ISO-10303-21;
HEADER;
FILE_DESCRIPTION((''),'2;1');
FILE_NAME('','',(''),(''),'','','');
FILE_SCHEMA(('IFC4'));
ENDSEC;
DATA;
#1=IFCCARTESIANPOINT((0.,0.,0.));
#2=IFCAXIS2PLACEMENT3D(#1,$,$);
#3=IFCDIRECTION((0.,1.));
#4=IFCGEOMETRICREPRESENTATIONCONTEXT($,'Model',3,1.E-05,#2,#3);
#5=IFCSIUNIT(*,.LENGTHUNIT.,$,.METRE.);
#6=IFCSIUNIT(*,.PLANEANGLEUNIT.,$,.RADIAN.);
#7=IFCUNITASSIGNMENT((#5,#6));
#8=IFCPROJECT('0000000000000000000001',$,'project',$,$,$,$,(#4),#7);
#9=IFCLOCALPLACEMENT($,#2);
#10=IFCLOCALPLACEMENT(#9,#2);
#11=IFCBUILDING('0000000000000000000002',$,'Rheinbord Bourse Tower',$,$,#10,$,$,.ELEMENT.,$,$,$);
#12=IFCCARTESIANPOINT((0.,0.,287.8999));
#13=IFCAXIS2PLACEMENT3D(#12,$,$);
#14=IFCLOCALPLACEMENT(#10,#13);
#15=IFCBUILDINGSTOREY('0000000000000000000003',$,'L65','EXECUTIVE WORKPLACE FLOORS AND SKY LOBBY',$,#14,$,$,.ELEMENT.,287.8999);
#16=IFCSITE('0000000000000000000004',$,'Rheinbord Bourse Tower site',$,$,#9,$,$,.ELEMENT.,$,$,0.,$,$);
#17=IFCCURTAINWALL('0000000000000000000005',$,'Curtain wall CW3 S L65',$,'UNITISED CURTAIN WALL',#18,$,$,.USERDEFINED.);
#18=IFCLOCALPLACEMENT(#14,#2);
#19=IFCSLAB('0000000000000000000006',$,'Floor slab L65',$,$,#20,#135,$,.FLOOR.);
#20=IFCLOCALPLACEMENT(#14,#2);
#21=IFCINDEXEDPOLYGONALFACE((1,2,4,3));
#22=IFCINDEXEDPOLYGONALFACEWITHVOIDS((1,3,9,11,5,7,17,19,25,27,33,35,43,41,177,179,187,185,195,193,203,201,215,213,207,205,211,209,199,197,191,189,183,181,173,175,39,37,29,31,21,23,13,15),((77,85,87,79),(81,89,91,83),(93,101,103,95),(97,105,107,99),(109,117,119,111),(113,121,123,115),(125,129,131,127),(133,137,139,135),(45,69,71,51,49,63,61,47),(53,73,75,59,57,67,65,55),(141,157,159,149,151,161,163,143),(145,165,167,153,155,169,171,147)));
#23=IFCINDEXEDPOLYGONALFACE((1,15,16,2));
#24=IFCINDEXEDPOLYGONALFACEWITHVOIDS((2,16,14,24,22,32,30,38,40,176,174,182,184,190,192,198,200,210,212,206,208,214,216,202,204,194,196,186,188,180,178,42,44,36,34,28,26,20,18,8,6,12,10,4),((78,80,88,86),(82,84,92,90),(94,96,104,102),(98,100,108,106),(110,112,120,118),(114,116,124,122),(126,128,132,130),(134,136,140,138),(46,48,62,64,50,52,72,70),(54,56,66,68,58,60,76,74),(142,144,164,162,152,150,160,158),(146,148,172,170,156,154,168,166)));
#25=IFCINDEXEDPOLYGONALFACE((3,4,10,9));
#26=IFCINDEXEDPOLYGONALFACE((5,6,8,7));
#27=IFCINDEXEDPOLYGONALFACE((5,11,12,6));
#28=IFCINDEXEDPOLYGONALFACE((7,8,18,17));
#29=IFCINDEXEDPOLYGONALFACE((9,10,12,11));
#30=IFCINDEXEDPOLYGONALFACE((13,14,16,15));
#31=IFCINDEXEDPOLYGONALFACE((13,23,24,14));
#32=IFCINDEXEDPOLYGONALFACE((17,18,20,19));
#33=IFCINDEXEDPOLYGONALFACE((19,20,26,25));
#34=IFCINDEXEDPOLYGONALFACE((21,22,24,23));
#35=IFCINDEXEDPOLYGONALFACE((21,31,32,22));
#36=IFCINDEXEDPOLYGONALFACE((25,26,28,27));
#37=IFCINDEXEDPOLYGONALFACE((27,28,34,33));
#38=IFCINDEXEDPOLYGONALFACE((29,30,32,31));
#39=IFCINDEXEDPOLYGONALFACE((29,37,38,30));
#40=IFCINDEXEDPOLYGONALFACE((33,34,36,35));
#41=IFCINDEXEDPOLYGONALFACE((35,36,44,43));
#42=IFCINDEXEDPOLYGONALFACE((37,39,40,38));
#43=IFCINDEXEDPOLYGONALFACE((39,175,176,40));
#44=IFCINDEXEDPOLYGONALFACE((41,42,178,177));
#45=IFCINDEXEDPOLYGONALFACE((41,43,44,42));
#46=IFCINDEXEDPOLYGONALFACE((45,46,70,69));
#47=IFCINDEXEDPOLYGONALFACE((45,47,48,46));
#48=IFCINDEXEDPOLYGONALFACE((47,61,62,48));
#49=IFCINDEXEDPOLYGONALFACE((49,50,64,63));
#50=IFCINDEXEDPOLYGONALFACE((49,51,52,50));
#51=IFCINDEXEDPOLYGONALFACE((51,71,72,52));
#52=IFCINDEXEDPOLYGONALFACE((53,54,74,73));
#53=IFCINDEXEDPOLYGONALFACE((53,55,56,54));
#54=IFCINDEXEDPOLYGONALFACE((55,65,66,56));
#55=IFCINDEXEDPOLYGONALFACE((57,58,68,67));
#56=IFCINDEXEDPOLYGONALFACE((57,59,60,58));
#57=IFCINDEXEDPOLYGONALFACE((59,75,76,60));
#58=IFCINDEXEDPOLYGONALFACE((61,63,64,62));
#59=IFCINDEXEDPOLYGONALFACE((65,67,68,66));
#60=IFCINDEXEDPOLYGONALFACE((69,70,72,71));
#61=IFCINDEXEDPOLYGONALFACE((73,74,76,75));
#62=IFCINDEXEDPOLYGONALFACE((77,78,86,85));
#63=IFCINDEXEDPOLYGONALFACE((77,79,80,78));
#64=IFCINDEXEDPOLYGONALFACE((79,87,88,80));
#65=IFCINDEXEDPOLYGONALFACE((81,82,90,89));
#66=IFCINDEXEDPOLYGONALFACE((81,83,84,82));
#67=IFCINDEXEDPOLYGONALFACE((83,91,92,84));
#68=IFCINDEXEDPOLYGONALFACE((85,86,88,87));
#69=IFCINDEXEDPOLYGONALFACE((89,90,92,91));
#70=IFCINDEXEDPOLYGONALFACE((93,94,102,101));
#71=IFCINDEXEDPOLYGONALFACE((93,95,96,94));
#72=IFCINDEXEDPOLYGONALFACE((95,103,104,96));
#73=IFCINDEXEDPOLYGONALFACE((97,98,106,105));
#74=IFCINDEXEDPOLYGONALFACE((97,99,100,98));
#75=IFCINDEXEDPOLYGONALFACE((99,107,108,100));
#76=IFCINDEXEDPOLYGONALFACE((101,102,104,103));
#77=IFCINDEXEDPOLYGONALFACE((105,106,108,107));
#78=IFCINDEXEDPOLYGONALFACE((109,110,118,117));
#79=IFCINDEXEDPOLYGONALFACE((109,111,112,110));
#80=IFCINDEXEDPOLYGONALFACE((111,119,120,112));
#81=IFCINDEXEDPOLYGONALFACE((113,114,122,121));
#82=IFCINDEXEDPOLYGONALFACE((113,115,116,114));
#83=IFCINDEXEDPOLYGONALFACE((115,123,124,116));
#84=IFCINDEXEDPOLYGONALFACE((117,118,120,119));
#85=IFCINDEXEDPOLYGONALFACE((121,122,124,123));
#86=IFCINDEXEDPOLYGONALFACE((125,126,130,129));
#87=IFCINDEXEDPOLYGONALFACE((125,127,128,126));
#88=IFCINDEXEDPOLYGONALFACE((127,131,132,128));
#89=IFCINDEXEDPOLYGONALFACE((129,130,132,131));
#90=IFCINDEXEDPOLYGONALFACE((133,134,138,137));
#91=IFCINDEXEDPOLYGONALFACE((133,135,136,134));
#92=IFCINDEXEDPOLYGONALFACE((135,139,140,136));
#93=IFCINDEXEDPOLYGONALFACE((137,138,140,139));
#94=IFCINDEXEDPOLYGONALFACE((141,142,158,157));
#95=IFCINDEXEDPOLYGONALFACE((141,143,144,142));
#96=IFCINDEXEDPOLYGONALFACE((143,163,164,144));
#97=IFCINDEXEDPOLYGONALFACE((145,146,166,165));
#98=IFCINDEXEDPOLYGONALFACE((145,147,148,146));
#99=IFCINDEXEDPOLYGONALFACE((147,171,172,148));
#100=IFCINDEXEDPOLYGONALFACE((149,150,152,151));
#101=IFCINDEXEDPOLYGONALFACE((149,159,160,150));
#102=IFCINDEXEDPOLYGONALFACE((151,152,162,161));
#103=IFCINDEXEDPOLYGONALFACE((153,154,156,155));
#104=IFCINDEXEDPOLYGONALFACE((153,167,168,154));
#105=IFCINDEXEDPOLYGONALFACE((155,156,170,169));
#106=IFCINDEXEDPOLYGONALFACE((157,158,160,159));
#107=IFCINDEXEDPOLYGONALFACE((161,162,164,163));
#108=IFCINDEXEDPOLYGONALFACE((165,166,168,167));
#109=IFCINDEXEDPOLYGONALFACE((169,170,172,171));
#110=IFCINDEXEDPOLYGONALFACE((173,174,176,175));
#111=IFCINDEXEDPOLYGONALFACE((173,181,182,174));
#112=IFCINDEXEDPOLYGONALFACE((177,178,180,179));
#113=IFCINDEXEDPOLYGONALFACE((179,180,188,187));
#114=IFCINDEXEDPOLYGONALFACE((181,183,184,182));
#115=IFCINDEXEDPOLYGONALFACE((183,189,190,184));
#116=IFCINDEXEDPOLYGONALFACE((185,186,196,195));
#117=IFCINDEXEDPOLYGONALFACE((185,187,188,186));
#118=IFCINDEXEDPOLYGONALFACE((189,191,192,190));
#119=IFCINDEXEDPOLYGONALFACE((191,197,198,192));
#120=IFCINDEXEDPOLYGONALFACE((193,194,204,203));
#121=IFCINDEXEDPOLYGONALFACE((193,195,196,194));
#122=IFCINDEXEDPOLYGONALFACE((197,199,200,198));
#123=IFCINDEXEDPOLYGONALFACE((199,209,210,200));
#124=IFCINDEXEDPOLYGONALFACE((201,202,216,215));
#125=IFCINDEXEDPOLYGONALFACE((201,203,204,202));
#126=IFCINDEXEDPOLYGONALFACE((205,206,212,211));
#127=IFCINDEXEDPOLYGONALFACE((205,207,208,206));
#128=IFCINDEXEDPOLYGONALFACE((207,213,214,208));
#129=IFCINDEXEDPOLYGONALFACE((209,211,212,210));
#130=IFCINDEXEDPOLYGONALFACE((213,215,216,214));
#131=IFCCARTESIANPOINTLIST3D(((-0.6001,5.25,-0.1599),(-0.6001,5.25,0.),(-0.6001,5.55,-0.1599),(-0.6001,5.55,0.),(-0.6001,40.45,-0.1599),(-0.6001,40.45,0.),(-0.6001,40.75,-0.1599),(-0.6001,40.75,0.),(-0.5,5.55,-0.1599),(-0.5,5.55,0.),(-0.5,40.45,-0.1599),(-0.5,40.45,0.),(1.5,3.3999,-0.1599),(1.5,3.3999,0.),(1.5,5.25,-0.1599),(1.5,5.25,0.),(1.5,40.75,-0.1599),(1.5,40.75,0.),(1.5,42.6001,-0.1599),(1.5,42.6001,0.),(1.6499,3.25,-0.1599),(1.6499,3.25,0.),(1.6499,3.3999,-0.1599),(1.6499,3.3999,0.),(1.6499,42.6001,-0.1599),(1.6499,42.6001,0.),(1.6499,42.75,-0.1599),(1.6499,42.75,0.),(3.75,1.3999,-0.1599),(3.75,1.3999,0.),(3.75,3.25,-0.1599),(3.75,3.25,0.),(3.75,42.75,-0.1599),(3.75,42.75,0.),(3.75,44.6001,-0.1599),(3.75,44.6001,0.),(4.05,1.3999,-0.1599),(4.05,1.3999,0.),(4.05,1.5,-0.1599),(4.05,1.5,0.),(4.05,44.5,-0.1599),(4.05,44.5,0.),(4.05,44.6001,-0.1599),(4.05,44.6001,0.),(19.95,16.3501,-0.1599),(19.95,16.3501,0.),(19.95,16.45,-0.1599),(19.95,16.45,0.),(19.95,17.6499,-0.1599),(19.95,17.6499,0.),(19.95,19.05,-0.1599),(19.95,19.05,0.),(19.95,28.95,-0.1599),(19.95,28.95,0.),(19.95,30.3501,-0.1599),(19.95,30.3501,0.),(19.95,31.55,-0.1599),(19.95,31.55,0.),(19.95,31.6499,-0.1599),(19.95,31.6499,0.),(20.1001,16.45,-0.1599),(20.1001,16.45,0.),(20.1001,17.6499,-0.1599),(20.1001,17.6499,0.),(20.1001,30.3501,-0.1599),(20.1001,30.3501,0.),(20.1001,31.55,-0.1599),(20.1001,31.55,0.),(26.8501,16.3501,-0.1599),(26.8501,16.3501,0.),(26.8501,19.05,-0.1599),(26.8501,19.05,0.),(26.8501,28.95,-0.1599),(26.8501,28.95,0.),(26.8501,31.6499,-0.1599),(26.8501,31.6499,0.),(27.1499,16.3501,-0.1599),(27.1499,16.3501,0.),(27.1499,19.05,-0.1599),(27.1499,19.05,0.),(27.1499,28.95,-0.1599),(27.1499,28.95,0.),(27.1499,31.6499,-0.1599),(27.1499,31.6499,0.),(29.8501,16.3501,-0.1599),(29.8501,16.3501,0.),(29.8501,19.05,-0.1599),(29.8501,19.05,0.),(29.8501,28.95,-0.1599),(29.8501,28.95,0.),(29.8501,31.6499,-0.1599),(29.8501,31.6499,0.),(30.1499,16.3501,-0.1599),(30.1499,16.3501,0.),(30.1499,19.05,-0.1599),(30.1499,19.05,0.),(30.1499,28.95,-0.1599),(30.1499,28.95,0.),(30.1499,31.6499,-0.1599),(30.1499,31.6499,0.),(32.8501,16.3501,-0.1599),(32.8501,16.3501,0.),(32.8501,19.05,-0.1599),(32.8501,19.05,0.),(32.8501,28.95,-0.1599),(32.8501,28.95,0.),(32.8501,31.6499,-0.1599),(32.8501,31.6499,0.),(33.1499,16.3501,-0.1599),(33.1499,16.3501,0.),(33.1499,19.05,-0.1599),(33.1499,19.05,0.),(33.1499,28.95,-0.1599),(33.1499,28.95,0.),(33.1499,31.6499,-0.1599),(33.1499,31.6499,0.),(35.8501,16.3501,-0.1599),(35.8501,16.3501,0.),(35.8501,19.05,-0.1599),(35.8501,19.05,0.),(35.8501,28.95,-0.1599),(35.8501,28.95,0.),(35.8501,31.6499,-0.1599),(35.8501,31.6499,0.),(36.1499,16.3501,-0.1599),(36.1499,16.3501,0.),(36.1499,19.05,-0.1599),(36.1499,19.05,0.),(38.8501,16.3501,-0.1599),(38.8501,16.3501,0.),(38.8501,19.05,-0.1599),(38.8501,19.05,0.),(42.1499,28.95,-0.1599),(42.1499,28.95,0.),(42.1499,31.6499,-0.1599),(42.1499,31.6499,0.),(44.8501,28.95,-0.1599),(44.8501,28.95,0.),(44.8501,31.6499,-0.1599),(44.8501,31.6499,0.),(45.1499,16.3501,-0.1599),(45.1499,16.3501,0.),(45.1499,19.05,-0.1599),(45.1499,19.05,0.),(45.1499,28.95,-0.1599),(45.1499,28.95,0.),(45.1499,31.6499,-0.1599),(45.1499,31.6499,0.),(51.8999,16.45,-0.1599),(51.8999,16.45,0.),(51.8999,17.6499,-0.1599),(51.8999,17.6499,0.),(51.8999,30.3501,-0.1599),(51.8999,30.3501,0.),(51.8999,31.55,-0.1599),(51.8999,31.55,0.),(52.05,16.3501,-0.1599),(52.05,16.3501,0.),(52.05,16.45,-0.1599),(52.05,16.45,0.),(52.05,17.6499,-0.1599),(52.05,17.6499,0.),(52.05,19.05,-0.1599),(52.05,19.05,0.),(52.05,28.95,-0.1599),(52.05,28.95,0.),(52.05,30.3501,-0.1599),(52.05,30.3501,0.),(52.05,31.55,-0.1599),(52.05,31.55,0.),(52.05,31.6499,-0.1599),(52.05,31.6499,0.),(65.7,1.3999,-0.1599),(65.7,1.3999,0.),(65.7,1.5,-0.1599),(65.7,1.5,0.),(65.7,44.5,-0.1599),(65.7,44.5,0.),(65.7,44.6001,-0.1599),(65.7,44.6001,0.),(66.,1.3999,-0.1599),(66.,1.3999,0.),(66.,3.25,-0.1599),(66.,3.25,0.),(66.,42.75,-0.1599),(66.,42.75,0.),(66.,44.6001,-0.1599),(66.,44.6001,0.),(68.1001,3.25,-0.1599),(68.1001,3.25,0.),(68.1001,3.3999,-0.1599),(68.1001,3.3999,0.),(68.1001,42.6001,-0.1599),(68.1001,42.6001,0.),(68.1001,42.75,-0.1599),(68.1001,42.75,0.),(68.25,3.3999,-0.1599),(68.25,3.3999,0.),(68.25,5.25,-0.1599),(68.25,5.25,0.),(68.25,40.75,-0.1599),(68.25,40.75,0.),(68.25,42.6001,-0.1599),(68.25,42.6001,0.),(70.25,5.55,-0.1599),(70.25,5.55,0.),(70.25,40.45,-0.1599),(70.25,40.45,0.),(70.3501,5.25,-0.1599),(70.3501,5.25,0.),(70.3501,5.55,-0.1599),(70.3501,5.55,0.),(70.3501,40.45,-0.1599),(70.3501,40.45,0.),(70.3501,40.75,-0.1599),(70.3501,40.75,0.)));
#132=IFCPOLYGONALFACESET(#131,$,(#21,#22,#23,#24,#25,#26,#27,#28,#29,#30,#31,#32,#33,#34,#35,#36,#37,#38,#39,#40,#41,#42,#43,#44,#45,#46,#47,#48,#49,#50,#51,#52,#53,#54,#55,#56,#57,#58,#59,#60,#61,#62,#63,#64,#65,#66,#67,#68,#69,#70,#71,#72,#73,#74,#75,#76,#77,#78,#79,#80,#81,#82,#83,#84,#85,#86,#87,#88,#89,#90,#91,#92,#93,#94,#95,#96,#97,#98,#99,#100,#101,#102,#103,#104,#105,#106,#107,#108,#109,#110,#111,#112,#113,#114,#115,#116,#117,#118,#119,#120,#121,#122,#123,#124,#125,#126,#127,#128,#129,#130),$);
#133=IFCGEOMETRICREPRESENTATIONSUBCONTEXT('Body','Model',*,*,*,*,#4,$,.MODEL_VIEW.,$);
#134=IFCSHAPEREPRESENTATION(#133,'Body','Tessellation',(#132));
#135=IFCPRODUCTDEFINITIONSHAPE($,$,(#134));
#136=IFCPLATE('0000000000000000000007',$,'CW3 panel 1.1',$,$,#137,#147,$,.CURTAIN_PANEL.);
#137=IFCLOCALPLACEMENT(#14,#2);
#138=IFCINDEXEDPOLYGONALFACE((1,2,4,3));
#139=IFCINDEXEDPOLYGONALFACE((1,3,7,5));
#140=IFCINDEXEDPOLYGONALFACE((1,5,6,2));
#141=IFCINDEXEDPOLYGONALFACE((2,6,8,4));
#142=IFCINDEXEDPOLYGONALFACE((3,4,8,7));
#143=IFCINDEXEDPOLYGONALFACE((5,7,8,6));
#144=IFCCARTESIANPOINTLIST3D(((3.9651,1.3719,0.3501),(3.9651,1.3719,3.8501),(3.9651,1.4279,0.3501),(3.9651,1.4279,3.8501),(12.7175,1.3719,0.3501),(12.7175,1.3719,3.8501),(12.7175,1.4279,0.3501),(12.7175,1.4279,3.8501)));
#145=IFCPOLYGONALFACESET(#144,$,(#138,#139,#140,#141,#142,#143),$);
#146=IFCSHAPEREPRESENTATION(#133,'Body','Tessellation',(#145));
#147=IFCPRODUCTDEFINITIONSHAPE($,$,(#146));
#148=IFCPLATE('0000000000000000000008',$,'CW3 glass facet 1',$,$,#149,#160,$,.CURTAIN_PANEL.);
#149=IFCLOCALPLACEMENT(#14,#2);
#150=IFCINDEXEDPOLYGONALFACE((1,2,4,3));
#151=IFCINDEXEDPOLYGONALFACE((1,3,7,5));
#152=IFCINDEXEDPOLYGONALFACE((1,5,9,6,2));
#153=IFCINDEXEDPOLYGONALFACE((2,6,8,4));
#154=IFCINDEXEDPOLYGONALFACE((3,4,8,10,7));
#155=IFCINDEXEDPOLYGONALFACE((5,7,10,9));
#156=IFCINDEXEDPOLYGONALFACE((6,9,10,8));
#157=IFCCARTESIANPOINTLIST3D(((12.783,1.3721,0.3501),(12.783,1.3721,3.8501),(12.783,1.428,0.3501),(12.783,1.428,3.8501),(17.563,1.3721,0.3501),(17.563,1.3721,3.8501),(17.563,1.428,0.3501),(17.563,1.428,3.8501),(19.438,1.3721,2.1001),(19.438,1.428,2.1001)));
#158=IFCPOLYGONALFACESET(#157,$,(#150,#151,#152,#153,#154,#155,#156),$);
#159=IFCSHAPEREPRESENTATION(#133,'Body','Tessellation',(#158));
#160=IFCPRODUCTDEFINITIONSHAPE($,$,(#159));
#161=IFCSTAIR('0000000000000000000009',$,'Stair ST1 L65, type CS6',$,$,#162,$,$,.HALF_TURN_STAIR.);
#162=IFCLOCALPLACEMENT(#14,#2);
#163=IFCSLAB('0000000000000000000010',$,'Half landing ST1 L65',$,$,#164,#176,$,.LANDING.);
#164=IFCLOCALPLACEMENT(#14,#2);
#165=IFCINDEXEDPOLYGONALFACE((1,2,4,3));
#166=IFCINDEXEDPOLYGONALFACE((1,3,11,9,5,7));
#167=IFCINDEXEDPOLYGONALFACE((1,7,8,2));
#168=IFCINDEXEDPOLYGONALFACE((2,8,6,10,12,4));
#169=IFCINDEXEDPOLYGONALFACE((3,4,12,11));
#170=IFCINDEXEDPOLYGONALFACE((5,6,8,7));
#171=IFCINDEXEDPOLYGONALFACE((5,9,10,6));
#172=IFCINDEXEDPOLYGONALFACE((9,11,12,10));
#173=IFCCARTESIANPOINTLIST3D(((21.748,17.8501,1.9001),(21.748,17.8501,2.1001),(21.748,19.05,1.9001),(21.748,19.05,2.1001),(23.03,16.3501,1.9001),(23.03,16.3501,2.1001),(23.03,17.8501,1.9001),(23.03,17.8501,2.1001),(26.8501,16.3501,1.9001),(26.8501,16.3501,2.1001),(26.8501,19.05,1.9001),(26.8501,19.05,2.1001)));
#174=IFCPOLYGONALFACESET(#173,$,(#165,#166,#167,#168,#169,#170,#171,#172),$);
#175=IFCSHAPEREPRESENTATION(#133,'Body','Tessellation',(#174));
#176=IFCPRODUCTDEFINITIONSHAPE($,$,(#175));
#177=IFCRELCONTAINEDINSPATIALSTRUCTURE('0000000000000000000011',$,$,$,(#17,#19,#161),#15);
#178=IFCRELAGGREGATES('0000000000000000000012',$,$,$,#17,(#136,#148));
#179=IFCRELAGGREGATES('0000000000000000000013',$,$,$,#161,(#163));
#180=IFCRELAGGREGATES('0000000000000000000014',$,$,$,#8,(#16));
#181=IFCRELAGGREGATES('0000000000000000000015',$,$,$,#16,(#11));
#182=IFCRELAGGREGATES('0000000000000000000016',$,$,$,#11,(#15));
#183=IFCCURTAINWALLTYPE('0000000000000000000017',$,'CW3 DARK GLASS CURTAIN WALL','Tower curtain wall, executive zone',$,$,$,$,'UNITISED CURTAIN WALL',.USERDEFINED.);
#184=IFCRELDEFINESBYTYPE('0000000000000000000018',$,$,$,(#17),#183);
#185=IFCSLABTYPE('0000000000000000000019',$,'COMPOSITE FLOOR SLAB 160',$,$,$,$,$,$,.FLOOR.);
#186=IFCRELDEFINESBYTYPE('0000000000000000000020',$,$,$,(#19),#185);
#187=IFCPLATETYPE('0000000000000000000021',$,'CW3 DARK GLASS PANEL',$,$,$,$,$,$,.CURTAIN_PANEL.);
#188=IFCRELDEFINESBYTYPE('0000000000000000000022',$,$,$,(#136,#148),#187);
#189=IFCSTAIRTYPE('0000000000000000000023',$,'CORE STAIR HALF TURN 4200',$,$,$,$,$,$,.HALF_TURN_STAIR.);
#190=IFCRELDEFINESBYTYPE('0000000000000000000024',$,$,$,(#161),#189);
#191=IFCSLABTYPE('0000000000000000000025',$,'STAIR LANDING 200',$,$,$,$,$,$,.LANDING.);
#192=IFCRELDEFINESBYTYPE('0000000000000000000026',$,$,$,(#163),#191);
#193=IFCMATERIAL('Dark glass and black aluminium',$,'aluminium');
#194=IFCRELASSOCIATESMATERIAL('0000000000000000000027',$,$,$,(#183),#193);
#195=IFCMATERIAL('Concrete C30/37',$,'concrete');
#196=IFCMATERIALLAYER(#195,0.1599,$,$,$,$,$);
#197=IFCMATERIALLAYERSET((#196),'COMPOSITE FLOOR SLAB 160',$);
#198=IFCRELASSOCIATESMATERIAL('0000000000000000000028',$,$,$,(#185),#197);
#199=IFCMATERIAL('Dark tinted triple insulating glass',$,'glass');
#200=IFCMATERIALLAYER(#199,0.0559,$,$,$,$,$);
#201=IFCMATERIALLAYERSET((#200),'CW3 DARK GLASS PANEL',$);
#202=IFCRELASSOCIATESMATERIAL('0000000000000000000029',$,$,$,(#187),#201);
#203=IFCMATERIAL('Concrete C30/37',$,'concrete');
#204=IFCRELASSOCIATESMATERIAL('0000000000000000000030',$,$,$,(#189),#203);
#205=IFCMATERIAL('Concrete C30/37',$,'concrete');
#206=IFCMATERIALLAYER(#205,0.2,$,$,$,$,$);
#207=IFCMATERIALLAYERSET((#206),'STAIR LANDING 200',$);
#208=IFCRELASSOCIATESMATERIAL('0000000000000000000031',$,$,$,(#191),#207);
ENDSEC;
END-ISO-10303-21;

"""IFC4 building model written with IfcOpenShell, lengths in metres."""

from ifc_helpers import new_model, si_unit, direction, frame, origin, origin_2d, place, context, subcontext, project, spatial, polyline, rectangle, outline, extrude, material, layer, layer_set, type_object, element, aggregate, save


model = new_model("IFC4")

# Units and contexts
model_context = context("Model", 3, precision=1e-05, world=origin(), true_north=direction((0.0, 1.0)))
body_context = subcontext(model_context, "Body", "Model", "MODEL_VIEW")
ifc_project = project(units=[si_unit("LENGTHUNIT", "METRE"), si_unit("PLANEANGLEUNIT", "RADIAN")], contexts=[model_context])

# Site, building, storey
site_placement = place(None, origin())
site = spatial("IfcSite", under=ifc_project, at=site_placement, Name="Rheinbord Bourse Tower site", CompositionType="ELEMENT", RefElevation=0.0)
building_placement = place(site_placement, origin())
building = spatial("IfcBuilding", under=site, at=building_placement, Name="Rheinbord Bourse Tower", CompositionType="ELEMENT")
storey_placement = place(building_placement, frame((0.0, 0.0, 287.8999)))
storey = spatial("IfcBuildingStorey", under=building, at=storey_placement, Name="L65", Description="EXECUTIVE WORKPLACE FLOORS AND SKY LOBBY", CompositionType="ELEMENT", Elevation=287.8999)

# Curtain wall
ifc_material_1 = material(Name="Dark glass and black aluminium", Category="aluminium")
curtain_wall_type = type_object("IfcCurtainWallType", Name="CW3 DARK GLASS CURTAIN WALL", Description="Tower curtain wall, executive zone", ElementType="UNITISED CURTAIN WALL", PredefinedType="USERDEFINED", material=ifc_material_1)
curtain_wall_1_placement = place(storey_placement, origin())
curtain_wall_1 = element("IfcCurtainWall", 1, at=curtain_wall_1_placement, inside=storey, type_object=curtain_wall_type, Name="Curtain wall CW3 S L65", ObjectType="UNITISED CURTAIN WALL", PredefinedType="USERDEFINED")

# Slab
ifc_material_2 = material(Name="Concrete C30/37", Category="concrete")
ifc_layer_1 = layer(ifc_material_2, 0.1599)
ifc_layer_set_1 = layer_set([ifc_layer_1], Name="COMPOSITE FLOOR SLAB 160")
slab_type_1 = type_object("IfcSlabType", Name="COMPOSITE FLOOR SLAB 160", PredefinedType="FLOOR", material=ifc_layer_set_1)
slab_1_placement = place(storey_placement, frame((0.0, 0.0, -0.1599)))
element("IfcSlab", 2, at=slab_1_placement, inside=storey, type_object=slab_type_1, Name="Floor slab L65", PredefinedType="FLOOR", context=body_context, shape_type="SweptSolid", body=[
    extrude(outline(polyline([(1.6499, 3.3999), (1.5, 3.3999), (1.5, 5.25), (-0.6001, 5.25), (-0.6001, 5.55), (-0.5, 5.55), (-0.5, 40.45), (-0.6001, 40.45), (-0.6001, 40.75), (1.5, 40.75), (1.5, 42.6001), (1.6499, 42.6001), (1.6499, 42.75), (3.75, 42.75), (3.75, 44.6001), (4.05, 44.6001), (4.05, 44.5), (65.7, 44.5), (65.7, 44.6001), (66.0, 44.6001), (66.0, 42.75), (68.1001, 42.75), (68.1001, 42.6001), (68.25, 42.6001), (68.25, 40.75), (70.3501, 40.75), (70.3501, 40.45), (70.25, 40.45), (70.25, 5.55), (70.3501, 5.55), (70.3501, 5.25), (68.25, 5.25), (68.25, 3.3999), (68.1001, 3.3999), (68.1001, 3.25), (66.0, 3.25), (66.0, 1.3999), (65.7, 1.3999), (65.7, 1.5), (4.05, 1.5), (4.05, 1.3999), (3.75, 1.3999), (3.75, 3.25), (1.6499, 3.25), (1.6499, 3.3999)]), holes=[polyline([(19.95, 19.05), (26.8501, 19.05), (26.8501, 16.3501), (19.95, 16.3501), (19.95, 16.45), (20.1001, 16.45), (20.1001, 17.6499), (19.95, 17.6499), (19.95, 19.05)]), polyline([(19.95, 31.6499), (26.8501, 31.6499), (26.8501, 28.95), (19.95, 28.95), (19.95, 30.3501), (20.1001, 30.3501), (20.1001, 31.55), (19.95, 31.55), (19.95, 31.6499)]), polyline([(52.05, 16.3501), (45.1499, 16.3501), (45.1499, 19.05), (52.05, 19.05), (52.05, 17.6499), (51.8999, 17.6499), (51.8999, 16.45), (52.05, 16.45), (52.05, 16.3501)]), polyline([(52.05, 28.95), (45.1499, 28.95), (45.1499, 31.6499), (52.05, 31.6499), (52.05, 31.55), (51.8999, 31.55), (51.8999, 30.3501), (52.05, 30.3501), (52.05, 28.95)]), polyline([(27.1499, 16.3501), (27.1499, 19.05), (29.8501, 19.05), (29.8501, 16.3501), (27.1499, 16.3501)]), polyline([(27.1499, 28.95), (27.1499, 31.6499), (29.8501, 31.6499), (29.8501, 28.95), (27.1499, 28.95)]), polyline([(30.1499, 16.3501), (30.1499, 19.05), (32.8501, 19.05), (32.8501, 16.3501), (30.1499, 16.3501)]), polyline([(30.1499, 28.95), (30.1499, 31.6499), (32.8501, 31.6499), (32.8501, 28.95), (30.1499, 28.95)]), polyline([(33.1499, 16.3501), (33.1499, 19.05), (35.8501, 19.05), (35.8501, 16.3501), (33.1499, 16.3501)]), polyline([(33.1499, 28.95), (33.1499, 31.6499), (35.8501, 31.6499), (35.8501, 28.95), (33.1499, 28.95)]), polyline([(36.1499, 16.3501), (36.1499, 19.05), (38.8501, 19.05), (38.8501, 16.3501), (36.1499, 16.3501)]), polyline([(42.1499, 28.95), (42.1499, 31.6499), (44.8501, 31.6499), (44.8501, 28.95), (42.1499, 28.95)])]), origin(), (0.0, 0.0, 1.0), 0.1599),
])

# Plates
ifc_material_3 = material(Name="Dark tinted triple insulating glass", Category="glass")
ifc_layer_2 = layer(ifc_material_3, 0.0559)
ifc_layer_set_2 = layer_set([ifc_layer_2], Name="CW3 DARK GLASS PANEL")
plate_type = type_object("IfcPlateType", Name="CW3 DARK GLASS PANEL", PredefinedType="CURTAIN_PANEL", material=ifc_layer_set_2)
plate_1_placement = place(storey_placement, frame((8.3413, 1.3999, 0.3501), z_axis=(0.0, 0.0, 1.0), x_axis=(1.0, 0.0, 0.0)))
plate_1 = element("IfcPlate", 3, at=plate_1_placement, type_object=plate_type, Name="CW3 panel 1.1", PredefinedType="CURTAIN_PANEL", context=body_context, shape_type="SweptSolid", body=[
    extrude(rectangle(XDim=8.7524, YDim=0.0559, at=origin_2d()), origin(), (0.0, 0.0, 1.0), 3.5),
])
plate_2_placement = place(storey_placement, frame((12.783, 1.3721, 0.3501), z_axis=(0.0, 1.0, 0.0), x_axis=(0.0, 0.0, 1.0)))
plate_2 = element("IfcPlate", 4, at=plate_2_placement, type_object=plate_type, Name="CW3 glass facet 1", PredefinedType="CURTAIN_PANEL", context=body_context, shape_type="SweptSolid", body=[
    extrude(outline(polyline([(0.0, 0.0), (3.5, 0.0), (3.5, 4.78), (1.75, 6.655), (0.0, 4.78), (0.0, 0.0)])), origin(), (0.0, 0.0, 1.0), 0.0559),
])
aggregate(curtain_wall_1, [plate_1, plate_2])

# Stair, slab
ifc_material_4 = material(Name="Concrete C30/37", Category="concrete")
stair_type = type_object("IfcStairType", Name="CORE STAIR HALF TURN 4200", PredefinedType="HALF_TURN_STAIR", material=ifc_material_4)
stair_1_placement = place(storey_placement, origin())
stair_1 = element("IfcStair", 5, at=stair_1_placement, inside=storey, type_object=stair_type, Name="Stair ST1 L65, type CS6", PredefinedType="HALF_TURN_STAIR")
ifc_material_5 = material(Name="Concrete C30/37", Category="concrete")
ifc_layer_3 = layer(ifc_material_5, 0.2)
ifc_layer_set_3 = layer_set([ifc_layer_3], Name="STAIR LANDING 200")
slab_type_2 = type_object("IfcSlabType", Name="STAIR LANDING 200", PredefinedType="LANDING", material=ifc_layer_set_3)
slab_2_placement = place(storey_placement, frame((0.0, 0.0, 1.9001)))
slab_2 = element("IfcSlab", 6, at=slab_2_placement, type_object=slab_type_2, Name="Half landing ST1 L65", PredefinedType="LANDING", context=body_context, shape_type="SweptSolid", body=[
    extrude(outline(polyline([(23.03, 16.3501), (26.8501, 16.3501), (26.8501, 19.05), (21.748, 19.05), (21.748, 17.8501), (23.03, 17.8501), (23.03, 16.3501)])), origin(), (0.0, 0.0, 1.0), 0.2),
])
aggregate(stair_1, [slab_2])

save(model, "model.ifc")
